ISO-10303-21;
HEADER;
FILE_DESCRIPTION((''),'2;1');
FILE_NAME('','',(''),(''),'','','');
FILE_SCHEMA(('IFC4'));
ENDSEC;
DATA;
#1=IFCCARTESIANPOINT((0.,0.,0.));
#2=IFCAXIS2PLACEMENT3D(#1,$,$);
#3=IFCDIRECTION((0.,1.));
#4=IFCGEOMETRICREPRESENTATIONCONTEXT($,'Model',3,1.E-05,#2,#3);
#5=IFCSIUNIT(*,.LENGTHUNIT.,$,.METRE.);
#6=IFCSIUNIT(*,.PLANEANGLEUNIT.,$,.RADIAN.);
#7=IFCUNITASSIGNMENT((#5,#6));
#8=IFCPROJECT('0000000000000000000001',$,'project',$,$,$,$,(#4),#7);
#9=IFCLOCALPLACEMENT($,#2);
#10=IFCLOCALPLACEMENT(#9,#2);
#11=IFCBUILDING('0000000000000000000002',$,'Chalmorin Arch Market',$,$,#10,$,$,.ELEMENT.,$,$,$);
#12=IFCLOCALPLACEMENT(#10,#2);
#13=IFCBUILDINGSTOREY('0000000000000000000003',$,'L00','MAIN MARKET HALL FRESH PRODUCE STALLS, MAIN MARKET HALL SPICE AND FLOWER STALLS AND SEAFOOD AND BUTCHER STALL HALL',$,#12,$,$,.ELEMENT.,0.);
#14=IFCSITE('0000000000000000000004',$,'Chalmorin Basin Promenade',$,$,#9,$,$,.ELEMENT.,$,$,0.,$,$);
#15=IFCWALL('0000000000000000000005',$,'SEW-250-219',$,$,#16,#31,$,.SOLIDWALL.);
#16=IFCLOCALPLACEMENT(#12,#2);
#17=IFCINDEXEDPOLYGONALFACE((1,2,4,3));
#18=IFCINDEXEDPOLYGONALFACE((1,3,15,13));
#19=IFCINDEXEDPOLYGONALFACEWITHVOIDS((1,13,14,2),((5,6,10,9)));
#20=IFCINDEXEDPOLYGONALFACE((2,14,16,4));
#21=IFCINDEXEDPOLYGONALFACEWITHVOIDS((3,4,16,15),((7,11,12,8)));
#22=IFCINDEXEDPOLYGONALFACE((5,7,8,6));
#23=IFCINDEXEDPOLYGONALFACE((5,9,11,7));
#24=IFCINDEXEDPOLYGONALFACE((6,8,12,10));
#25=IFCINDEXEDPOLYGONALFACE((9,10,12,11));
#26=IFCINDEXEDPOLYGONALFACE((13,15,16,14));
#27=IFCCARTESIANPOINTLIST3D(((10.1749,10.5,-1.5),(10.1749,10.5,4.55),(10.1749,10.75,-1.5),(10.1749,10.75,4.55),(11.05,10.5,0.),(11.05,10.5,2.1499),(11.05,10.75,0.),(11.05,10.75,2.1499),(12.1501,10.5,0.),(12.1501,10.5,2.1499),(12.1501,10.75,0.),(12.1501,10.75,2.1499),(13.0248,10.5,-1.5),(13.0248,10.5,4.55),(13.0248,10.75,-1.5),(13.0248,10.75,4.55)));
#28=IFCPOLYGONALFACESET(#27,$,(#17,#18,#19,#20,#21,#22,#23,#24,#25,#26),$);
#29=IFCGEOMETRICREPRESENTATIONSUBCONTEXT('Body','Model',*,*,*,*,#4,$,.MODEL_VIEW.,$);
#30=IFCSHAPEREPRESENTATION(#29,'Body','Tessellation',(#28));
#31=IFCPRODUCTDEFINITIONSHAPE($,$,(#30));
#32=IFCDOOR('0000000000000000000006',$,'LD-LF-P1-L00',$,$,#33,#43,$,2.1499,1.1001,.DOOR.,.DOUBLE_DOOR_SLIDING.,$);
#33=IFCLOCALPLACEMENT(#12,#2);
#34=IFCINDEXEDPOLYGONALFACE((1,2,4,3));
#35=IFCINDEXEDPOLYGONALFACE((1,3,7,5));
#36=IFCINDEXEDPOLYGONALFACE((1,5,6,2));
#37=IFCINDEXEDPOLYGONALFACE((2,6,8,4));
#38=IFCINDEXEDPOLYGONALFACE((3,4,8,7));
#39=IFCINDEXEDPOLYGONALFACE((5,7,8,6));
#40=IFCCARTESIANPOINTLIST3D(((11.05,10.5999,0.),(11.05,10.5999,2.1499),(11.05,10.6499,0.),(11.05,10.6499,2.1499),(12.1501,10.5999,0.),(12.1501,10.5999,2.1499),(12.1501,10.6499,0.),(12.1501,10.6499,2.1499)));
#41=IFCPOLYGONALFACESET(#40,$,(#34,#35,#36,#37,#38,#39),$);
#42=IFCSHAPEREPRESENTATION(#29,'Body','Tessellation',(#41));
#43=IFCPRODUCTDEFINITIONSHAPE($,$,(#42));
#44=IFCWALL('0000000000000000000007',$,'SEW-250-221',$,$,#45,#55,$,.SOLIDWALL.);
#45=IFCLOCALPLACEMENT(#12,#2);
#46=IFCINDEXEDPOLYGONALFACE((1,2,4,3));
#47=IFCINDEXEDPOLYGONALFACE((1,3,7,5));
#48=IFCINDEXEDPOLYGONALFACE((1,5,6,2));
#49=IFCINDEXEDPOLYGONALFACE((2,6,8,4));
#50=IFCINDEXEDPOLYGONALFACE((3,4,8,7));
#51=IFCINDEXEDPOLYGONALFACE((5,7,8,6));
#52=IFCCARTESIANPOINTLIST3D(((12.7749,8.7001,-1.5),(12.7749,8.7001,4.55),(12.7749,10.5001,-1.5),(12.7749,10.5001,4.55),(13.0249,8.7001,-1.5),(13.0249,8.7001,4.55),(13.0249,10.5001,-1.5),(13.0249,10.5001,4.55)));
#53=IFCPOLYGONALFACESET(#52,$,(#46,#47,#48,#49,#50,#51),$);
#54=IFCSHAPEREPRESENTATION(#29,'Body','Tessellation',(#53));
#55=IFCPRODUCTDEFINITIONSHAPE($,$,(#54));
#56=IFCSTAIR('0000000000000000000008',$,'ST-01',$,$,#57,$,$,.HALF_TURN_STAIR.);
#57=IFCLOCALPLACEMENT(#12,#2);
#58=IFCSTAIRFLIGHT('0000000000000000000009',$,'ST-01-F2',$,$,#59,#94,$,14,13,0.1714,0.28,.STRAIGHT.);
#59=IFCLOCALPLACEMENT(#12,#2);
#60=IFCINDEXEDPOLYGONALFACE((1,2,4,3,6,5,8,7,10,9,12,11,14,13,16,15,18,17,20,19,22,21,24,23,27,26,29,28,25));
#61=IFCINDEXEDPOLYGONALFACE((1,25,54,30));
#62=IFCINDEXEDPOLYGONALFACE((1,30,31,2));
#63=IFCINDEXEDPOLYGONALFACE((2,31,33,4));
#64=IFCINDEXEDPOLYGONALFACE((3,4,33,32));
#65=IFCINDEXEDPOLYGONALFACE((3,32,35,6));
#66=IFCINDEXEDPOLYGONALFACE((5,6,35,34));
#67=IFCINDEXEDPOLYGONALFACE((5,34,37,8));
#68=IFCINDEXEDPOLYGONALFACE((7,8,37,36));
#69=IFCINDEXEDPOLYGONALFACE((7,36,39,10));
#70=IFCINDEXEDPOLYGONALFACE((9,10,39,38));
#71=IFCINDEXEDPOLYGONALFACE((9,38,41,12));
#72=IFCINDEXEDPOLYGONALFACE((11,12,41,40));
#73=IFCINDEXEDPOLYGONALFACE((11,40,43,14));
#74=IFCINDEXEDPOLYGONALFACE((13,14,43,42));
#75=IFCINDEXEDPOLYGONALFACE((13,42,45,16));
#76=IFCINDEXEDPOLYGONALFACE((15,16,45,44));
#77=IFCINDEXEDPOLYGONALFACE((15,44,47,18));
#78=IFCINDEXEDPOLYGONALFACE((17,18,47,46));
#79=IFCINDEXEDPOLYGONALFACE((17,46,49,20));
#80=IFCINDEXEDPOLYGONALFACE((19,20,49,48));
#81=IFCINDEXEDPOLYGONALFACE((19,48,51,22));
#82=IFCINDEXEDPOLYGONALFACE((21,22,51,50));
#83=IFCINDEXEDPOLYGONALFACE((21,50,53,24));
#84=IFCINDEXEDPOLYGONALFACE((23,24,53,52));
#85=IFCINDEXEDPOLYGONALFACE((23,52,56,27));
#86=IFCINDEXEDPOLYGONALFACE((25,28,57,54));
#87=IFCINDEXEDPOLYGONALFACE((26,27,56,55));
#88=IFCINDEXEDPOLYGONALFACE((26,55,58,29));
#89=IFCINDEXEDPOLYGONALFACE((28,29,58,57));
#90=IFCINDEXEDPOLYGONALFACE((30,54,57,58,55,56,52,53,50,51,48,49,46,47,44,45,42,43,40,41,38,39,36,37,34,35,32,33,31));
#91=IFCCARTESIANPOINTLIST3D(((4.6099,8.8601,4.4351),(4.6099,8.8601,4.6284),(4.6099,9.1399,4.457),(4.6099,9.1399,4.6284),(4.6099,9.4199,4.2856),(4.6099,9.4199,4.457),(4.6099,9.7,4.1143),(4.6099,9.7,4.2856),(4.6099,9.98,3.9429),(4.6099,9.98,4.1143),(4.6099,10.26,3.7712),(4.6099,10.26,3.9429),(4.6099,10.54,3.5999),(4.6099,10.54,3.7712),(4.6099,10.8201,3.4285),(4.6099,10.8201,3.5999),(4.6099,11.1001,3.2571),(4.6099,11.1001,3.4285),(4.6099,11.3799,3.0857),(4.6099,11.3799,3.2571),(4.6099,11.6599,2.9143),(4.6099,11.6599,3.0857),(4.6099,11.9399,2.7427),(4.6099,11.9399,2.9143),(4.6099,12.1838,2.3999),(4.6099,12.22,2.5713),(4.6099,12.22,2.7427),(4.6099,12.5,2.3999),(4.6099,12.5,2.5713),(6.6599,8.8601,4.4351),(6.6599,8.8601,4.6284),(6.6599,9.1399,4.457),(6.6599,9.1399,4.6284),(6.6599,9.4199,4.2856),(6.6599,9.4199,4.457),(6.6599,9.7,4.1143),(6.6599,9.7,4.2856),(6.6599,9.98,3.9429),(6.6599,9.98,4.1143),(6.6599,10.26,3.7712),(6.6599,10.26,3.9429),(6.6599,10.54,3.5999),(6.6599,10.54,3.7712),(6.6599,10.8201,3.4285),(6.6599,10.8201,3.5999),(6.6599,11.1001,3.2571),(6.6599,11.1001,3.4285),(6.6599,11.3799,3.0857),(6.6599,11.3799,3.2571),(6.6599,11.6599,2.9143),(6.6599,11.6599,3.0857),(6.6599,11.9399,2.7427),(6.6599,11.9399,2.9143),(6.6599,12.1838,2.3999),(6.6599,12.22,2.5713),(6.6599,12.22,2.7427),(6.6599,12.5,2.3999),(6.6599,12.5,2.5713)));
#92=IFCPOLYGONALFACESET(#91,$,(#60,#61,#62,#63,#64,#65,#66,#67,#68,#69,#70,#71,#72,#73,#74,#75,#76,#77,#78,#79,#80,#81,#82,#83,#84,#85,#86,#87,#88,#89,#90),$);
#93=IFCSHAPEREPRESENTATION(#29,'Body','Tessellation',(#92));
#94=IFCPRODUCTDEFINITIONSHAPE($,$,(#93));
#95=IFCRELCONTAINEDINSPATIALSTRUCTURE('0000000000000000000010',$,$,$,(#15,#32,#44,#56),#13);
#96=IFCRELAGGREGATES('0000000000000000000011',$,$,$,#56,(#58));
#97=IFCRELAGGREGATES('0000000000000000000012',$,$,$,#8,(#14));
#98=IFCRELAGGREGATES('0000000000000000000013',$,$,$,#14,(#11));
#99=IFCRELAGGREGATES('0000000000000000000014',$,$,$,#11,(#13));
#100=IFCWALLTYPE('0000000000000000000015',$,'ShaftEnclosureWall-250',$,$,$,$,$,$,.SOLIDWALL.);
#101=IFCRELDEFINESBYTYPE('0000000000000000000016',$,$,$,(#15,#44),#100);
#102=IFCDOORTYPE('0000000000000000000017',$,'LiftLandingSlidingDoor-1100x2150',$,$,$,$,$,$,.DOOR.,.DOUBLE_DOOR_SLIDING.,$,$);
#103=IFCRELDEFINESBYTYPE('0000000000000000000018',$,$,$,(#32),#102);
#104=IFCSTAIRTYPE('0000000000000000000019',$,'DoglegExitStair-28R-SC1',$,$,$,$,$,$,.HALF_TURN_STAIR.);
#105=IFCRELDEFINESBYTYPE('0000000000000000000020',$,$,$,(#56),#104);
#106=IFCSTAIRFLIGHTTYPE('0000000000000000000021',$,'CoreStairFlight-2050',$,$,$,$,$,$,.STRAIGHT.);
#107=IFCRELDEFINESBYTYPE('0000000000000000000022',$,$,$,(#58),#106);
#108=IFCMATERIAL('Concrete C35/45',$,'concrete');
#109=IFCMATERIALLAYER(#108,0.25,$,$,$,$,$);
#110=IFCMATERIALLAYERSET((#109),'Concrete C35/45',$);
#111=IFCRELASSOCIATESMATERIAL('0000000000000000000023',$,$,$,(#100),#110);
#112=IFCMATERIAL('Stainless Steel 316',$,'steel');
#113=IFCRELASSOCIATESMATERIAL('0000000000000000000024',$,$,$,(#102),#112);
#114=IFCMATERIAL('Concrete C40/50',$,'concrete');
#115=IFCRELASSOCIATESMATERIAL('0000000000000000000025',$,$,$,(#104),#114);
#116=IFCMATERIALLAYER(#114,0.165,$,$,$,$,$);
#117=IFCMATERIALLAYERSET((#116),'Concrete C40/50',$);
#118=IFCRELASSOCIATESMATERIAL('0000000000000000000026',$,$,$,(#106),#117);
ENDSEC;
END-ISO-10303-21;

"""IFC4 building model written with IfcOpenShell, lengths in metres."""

from ifc_helpers import new_model, si_unit, direction, frame, frame_2d, origin, place, context, subcontext, project, spatial, polyline, rectangle, outline, extrude, material, layer, layer_set, type_object, element, fill, aggregate, save


model = new_model("IFC4")

# Units and contexts
model_context = context("Model", 3, precision=1e-05, world=origin(), true_north=direction((0.0, 1.0)))
body_context = subcontext(model_context, "Body", "Model", "MODEL_VIEW")
ifc_project = project(units=[si_unit("LENGTHUNIT", "METRE"), si_unit("PLANEANGLEUNIT", "RADIAN")], contexts=[model_context])

# Site, building, storey
site_placement = place(None, origin())
site = spatial("IfcSite", under=ifc_project, at=site_placement, Name="Chalmorin Basin Promenade", CompositionType="ELEMENT", RefElevation=0.0)
building_placement = place(site_placement, origin())
building = spatial("IfcBuilding", under=site, at=building_placement, Name="Chalmorin Arch Market", CompositionType="ELEMENT")
storey_placement = place(building_placement, origin())
storey = spatial("IfcBuildingStorey", under=building, at=storey_placement, Name="L00", Description="MAIN MARKET HALL FRESH PRODUCE STALLS, MAIN MARKET HALL SPICE AND FLOWER STALLS AND SEAFOOD AND BUTCHER STALL HALL", CompositionType="ELEMENT", Elevation=0.0)

# Shared definitions
ifc_material_1 = material(Name="Concrete C40/50", Category="concrete")

# Wall, opening, door
ifc_material_2 = material(Name="Concrete C35/45", Category="concrete")
ifc_layer_1 = layer(ifc_material_2, 0.25)
ifc_layer_set_1 = layer_set([ifc_layer_1], Name="Concrete C35/45")
wall_type_1 = type_object("IfcWallType", Name="ShaftEnclosureWall-250", PredefinedType="SOLIDWALL", material=ifc_layer_set_1)
wall_1_placement = place(storey_placement, frame((10.175, 10.625, -1.5), z_axis=(0.0, 0.0, 1.0), x_axis=(1.0, 0.0, 0.0)))
wall_1 = element("IfcWall", 1, at=wall_1_placement, inside=storey, type_object=wall_type_1, Name="SEW-250-219", PredefinedType="SOLIDWALL", context=body_context, shape_type="SweptSolid", body=[
    extrude(rectangle(XDim=2.8499, YDim=0.25, at=frame_2d((1.4248, 0.0))), origin(), (0.0, 0.0, 1.0), 6.05),
])
opening_1_placement = place(wall_1_placement, frame((0.875, 0.0, 1.5)))
opening_1 = element("IfcOpeningElement", 2, at=opening_1_placement, cuts=wall_1, PredefinedType="OPENING", context=body_context, shape_type="SweptSolid", body=[
    extrude(rectangle(XDim=1.1001, YDim=2.1499, at=frame_2d((0.55, 1.075))), frame((0.0, 0.135, 0.0), z_axis=(0.0, -1.0, 0.0), x_axis=(1.0, 0.0, 0.0)), (0.0, 0.0, 1.0), 0.27),
])
ifc_material_3 = material(Name="Stainless Steel 316", Category="steel")
door_type_1 = type_object("IfcDoorType", Name="LiftLandingSlidingDoor-1100x2150", OperationType="DOUBLE_DOOR_SLIDING", PredefinedType="DOOR", material=ifc_material_3)
door_1_placement = place(opening_1_placement, origin())
door_1 = element("IfcDoor", 3, at=door_1_placement, inside=storey, type_object=door_type_1, Name="LD-LF-P1-L00", OperationType="DOUBLE_DOOR_SLIDING", OverallHeight=2.1499, OverallWidth=1.1001, PredefinedType="DOOR", context=body_context, shape_type="SweptSolid", body=[
    extrude(rectangle(XDim=1.1001, YDim=2.1499, at=frame_2d((0.55, 1.075))), frame((0.0, 0.0249, 0.0), z_axis=(0.0, -1.0, 0.0), x_axis=(1.0, 0.0, 0.0)), (0.0, 0.0, 1.0), 0.05),
])
fill(opening_1, door_1)

# Wall
wall_2_placement = place(storey_placement, frame((12.8999, 10.5, -1.5), z_axis=(0.0, 0.0, 1.0), x_axis=(0.0, -1.0, 0.0)))
element("IfcWall", 4, at=wall_2_placement, inside=storey, type_object=wall_type_1, Name="SEW-250-221", PredefinedType="SOLIDWALL", context=body_context, shape_type="SweptSolid", body=[
    extrude(rectangle(XDim=1.8, YDim=0.25, at=frame_2d((0.8999, 0.0))), origin(), (0.0, 0.0, 1.0), 6.05),
])

# Stair, stair flight
stair_type = type_object("IfcStairType", Name="DoglegExitStair-28R-SC1", PredefinedType="HALF_TURN_STAIR", material=ifc_material_1)
stair_placement = place(storey_placement, origin())
stair = element("IfcStair", 5, at=stair_placement, inside=storey, type_object=stair_type, Name="ST-01", PredefinedType="HALF_TURN_STAIR")
ifc_layer_2 = layer(ifc_material_1, 0.165)
ifc_layer_set_2 = layer_set([ifc_layer_2], Name="Concrete C40/50")
stair_flight_type = type_object("IfcStairFlightType", Name="CoreStairFlight-2050", PredefinedType="STRAIGHT", material=ifc_layer_set_2)
stair_flight_placement = place(storey_placement, frame((5.635, 12.5, 2.3999), z_axis=(0.0, 0.0, 1.0), x_axis=(0.0, -1.0, 0.0)))
stair_flight = element("IfcStairFlight", 6, at=stair_flight_placement, type_object=stair_flight_type, Name="ST-01-F2", NumberOfRisers=14, NumberOfTreads=13, PredefinedType="STRAIGHT", RiserHeight=0.1714, TreadLength=0.28, context=body_context, shape_type="SweptSolid", body=[
    extrude(outline(polyline([(0.0, 0.0), (0.0, 0.1714), (0.28, 0.1714), (0.28, 0.3428), (0.5601, 0.3428), (0.5601, 0.5144), (0.8401, 0.5144), (0.8401, 0.6858), (1.1201, 0.6858), (1.1201, 0.8572), (1.3999, 0.8572), (1.3999, 1.0286), (1.6799, 1.0286), (1.6799, 1.2), (1.96, 1.2), (1.96, 1.3713), (2.24, 1.3713), (2.24, 1.543), (2.52, 1.543), (2.52, 1.7144), (2.8, 1.7144), (2.8, 1.8857), (3.0801, 1.8857), (3.0801, 2.0571), (3.3601, 2.0571), (3.3601, 2.2285), (3.6399, 2.2285), (3.6399, 2.3999), (3.6399, 2.0352), (0.3162, 0.0), (0.0, 0.0)])), frame((0.0, 1.0249, 0.0), z_axis=(0.0, -1.0, 0.0), x_axis=(1.0, 0.0, 0.0)), (0.0, 0.0, 1.0), 2.05),
])
aggregate(stair, [stair_flight])

save(model, "model.ifc")
